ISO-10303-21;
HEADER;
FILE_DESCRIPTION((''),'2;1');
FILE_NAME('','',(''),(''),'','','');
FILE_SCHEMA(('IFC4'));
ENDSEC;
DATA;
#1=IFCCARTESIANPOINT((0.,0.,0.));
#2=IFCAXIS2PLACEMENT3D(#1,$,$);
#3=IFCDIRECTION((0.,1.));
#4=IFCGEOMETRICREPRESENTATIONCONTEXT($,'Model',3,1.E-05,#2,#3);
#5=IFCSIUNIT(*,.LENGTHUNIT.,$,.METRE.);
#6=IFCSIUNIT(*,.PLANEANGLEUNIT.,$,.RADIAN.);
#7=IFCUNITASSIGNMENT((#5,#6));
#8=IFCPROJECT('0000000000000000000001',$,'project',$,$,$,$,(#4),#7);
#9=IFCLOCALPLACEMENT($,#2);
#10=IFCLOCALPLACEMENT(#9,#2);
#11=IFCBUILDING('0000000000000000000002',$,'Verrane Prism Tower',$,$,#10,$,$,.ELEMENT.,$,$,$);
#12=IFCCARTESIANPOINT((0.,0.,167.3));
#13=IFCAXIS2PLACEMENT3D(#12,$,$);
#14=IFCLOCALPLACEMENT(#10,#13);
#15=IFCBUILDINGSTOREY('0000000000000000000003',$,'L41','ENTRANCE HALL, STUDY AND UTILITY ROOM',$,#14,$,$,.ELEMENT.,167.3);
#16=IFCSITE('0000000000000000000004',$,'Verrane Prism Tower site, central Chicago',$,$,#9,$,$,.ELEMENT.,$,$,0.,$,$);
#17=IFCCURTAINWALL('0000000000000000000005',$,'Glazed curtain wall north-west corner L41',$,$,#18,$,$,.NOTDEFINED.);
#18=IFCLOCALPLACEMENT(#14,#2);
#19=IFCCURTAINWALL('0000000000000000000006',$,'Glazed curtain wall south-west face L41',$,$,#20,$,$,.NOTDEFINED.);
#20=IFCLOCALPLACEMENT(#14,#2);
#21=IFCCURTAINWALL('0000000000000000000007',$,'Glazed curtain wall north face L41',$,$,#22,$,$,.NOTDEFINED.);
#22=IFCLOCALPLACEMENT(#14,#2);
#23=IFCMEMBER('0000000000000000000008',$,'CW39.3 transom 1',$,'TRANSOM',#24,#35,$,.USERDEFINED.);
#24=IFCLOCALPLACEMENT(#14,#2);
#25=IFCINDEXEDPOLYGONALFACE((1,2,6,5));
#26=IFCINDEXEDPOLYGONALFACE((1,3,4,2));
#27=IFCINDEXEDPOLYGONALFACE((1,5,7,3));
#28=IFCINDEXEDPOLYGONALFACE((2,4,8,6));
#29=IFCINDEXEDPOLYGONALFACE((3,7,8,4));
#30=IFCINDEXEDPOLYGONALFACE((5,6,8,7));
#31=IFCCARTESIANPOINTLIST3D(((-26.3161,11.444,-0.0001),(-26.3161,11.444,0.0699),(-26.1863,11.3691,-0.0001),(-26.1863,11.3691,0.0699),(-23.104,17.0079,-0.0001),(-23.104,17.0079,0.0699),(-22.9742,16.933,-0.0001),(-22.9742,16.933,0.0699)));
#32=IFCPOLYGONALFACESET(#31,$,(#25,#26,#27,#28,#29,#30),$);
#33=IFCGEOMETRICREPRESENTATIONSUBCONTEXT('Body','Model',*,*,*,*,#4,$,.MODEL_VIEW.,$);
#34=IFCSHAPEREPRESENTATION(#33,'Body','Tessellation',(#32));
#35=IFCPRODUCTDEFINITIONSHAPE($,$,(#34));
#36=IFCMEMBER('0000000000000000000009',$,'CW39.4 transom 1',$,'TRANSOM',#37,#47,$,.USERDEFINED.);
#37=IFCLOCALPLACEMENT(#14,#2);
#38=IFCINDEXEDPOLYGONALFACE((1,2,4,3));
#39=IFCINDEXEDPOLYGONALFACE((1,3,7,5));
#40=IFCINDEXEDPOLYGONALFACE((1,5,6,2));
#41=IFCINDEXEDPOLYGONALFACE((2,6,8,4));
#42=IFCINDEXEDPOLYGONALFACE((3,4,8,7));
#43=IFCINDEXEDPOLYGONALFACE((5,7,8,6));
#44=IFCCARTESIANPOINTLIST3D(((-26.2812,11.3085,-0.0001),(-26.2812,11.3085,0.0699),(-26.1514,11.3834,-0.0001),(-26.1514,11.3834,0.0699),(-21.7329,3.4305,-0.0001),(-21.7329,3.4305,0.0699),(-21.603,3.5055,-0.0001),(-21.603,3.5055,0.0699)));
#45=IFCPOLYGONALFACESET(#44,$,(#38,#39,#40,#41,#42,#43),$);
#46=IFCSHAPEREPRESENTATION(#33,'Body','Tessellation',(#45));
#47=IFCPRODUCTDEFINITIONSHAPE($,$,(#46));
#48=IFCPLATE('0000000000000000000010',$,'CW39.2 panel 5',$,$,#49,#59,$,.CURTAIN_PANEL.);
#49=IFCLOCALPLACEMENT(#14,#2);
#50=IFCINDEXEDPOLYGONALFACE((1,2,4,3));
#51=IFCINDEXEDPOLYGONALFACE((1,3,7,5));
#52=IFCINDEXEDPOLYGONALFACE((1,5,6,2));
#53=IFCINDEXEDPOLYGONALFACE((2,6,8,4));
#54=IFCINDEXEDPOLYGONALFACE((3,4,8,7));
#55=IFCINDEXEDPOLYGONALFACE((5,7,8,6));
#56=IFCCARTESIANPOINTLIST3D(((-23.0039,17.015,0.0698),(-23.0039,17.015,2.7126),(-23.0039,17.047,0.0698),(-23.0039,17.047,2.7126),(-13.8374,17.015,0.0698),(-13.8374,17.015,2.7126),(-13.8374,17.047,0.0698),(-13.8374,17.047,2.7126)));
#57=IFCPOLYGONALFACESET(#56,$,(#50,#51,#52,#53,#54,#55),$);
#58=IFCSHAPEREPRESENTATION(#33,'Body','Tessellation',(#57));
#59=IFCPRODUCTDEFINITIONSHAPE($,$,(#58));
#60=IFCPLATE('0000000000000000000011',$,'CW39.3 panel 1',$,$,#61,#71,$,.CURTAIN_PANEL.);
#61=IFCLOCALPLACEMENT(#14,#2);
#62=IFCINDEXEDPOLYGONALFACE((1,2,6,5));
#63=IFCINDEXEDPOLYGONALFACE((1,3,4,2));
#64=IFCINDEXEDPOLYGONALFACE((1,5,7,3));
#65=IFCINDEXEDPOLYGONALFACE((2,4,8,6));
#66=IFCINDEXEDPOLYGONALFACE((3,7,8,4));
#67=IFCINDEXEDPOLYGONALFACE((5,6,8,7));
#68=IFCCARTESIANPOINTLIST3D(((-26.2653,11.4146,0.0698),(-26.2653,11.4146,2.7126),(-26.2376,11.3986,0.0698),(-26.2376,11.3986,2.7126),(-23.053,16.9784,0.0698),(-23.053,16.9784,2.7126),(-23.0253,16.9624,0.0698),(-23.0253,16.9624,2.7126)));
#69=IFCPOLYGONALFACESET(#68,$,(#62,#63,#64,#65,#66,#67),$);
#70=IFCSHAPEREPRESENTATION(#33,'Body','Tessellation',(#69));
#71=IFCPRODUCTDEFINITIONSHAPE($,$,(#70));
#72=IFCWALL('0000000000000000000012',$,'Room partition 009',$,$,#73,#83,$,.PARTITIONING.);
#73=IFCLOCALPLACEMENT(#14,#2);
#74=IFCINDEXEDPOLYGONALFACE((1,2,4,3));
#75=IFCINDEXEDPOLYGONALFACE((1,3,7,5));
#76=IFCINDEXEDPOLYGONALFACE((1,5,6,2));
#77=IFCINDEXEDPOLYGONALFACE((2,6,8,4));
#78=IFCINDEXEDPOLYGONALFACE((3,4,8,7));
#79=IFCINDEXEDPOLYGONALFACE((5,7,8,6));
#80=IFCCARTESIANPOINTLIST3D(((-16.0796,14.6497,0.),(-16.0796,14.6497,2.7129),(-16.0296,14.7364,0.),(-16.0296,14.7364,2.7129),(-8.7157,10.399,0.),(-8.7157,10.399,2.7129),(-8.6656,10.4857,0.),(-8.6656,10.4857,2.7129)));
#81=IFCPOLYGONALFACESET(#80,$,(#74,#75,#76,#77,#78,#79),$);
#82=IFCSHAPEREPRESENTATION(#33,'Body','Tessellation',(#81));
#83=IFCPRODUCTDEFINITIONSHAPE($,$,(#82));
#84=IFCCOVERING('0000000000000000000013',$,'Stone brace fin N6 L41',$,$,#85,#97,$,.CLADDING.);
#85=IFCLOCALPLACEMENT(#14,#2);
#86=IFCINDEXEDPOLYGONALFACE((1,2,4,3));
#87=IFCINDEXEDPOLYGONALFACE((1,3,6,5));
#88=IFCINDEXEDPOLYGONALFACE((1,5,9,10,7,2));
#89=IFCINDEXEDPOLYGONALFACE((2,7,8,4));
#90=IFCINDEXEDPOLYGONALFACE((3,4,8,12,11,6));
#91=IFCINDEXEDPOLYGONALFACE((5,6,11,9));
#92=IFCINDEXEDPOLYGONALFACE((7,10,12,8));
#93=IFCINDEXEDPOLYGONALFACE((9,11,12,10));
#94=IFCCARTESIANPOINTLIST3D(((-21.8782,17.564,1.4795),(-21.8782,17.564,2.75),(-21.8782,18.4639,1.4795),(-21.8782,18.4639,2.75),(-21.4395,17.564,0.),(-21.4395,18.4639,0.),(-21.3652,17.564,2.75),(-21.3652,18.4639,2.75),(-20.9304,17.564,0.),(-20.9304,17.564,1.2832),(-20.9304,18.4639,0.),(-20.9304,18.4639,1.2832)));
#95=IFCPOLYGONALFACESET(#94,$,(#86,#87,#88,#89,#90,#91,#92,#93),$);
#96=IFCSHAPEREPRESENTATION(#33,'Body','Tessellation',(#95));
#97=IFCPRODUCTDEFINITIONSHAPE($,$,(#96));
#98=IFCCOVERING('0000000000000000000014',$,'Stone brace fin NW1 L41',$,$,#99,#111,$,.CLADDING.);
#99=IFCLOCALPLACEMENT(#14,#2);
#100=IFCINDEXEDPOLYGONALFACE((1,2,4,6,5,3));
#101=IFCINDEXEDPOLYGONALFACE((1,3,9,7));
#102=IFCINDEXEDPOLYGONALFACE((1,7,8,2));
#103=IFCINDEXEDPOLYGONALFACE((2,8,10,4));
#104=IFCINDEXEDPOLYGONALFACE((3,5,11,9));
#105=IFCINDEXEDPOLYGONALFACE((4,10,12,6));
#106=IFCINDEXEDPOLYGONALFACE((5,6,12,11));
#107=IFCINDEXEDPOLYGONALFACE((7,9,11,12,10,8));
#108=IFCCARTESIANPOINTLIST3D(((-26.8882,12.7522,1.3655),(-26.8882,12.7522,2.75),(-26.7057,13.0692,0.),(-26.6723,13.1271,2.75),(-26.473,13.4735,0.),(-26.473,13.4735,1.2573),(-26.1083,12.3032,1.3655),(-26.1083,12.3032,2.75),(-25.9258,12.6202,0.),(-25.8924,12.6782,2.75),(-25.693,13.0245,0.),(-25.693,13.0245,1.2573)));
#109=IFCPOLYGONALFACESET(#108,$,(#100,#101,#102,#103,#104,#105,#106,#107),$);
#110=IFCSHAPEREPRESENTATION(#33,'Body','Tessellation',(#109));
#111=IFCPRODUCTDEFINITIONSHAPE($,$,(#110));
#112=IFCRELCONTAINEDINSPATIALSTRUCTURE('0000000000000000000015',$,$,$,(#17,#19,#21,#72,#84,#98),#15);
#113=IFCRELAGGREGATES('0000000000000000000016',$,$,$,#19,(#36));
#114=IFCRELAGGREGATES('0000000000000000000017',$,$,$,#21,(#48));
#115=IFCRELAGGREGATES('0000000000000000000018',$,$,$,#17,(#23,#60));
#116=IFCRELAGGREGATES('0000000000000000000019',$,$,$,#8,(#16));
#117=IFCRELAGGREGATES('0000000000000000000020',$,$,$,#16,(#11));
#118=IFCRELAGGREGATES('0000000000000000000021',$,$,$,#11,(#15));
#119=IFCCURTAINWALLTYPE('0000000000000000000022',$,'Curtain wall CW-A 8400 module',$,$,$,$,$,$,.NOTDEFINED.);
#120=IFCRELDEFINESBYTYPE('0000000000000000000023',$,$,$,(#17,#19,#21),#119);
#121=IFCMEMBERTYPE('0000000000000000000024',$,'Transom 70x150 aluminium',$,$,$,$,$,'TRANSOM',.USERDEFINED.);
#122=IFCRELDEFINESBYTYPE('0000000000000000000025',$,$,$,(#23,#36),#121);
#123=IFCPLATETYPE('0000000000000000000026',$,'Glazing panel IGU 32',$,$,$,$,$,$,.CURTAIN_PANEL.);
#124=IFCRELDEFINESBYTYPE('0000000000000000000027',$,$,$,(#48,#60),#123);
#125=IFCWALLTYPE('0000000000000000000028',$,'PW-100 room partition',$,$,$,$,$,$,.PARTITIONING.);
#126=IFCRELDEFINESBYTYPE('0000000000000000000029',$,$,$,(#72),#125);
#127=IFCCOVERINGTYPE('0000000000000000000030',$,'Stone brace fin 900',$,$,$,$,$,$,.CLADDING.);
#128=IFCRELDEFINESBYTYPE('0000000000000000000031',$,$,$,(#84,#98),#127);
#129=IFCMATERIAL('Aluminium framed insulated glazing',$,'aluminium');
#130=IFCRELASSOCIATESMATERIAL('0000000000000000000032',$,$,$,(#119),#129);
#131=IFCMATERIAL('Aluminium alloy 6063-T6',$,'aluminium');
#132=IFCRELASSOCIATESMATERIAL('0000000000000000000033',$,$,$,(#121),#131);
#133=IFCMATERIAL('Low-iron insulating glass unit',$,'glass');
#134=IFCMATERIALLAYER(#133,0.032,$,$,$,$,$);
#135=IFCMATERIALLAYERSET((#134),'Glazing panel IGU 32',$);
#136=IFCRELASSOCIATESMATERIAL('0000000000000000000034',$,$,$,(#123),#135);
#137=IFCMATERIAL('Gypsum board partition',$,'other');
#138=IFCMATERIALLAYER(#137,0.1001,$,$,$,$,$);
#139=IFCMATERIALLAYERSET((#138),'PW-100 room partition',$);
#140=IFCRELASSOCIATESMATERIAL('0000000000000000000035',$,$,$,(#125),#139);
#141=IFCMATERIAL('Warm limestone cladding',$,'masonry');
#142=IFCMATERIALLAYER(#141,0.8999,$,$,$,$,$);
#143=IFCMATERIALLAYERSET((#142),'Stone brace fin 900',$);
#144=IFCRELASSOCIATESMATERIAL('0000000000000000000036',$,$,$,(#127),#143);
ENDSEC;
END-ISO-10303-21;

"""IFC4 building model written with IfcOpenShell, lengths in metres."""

from ifc_helpers import new_model, si_unit, direction, frame, frame_2d, origin, origin_2d, place, context, subcontext, project, spatial, polyline, rectangle, outline, extrude, material, layer, layer_set, material_profile, profile_set, type_object, element, aggregate, save


model = new_model("IFC4")

# Units and contexts
model_context = context("Model", 3, precision=1e-05, world=origin(), true_north=direction((0.0, 1.0)))
body_context = subcontext(model_context, "Body", "Model", "MODEL_VIEW")
ifc_project = project(units=[si_unit("LENGTHUNIT", "METRE"), si_unit("PLANEANGLEUNIT", "RADIAN")], contexts=[model_context])

# Site, building, storey
site_placement = place(None, origin())
site = spatial("IfcSite", under=ifc_project, at=site_placement, Name="Verrane Prism Tower site, central Chicago", CompositionType="ELEMENT", RefElevation=0.0)
building_placement = place(site_placement, origin())
building = spatial("IfcBuilding", under=site, at=building_placement, Name="Verrane Prism Tower", CompositionType="ELEMENT")
storey_placement = place(building_placement, frame((0.0, 0.0, 167.3)))
storey = spatial("IfcBuildingStorey", under=building, at=storey_placement, Name="L41", Description="ENTRANCE HALL, STUDY AND UTILITY ROOM", CompositionType="ELEMENT", Elevation=167.3)

# Curtain walls
ifc_material_1 = material(Name="Aluminium framed insulated glazing", Category="aluminium")
curtain_wall_type = type_object("IfcCurtainWallType", Name="Curtain wall CW-A 8400 module", PredefinedType="NOTDEFINED", material=ifc_material_1)
curtain_wall_1_placement = place(storey_placement, origin())
curtain_wall_1 = element("IfcCurtainWall", 1, at=curtain_wall_1_placement, inside=storey, type_object=curtain_wall_type, Name="Glazed curtain wall north-west corner L41", PredefinedType="NOTDEFINED")
curtain_wall_2_placement = place(storey_placement, origin())
curtain_wall_2 = element("IfcCurtainWall", 2, at=curtain_wall_2_placement, inside=storey, type_object=curtain_wall_type, Name="Glazed curtain wall south-west face L41", PredefinedType="NOTDEFINED")

# Curtain wall
curtain_wall_3_placement = place(storey_placement, origin())
curtain_wall_3 = element("IfcCurtainWall", 3, at=curtain_wall_3_placement, inside=storey, type_object=curtain_wall_type, Name="Glazed curtain wall north face L41", PredefinedType="NOTDEFINED")
ifc_material_2 = material(Name="Aluminium alloy 6063-T6", Category="aluminium")
ifc_material_profile_1 = material_profile(ifc_material_2, rectangle(XDim=0.1499, YDim=0.0701, at=origin_2d()), Name="Transom 70x150 aluminium")
ifc_profile_set_1 = profile_set([ifc_material_profile_1], Name="Aluminium alloy 6063-T6")
member_type_1 = type_object("IfcMemberType", Name="Transom 70x150 aluminium", ElementType="TRANSOM", PredefinedType="USERDEFINED", material=ifc_profile_set_1)

# Members
member_1_placement = place(storey_placement, frame((-23.0391, 16.9705, 0.0349), z_axis=(-0.499977, -0.866039, 0.0), x_axis=(0.866039, -0.499977, 0.0)))
member_1 = element("IfcMember", 4, at=member_1_placement, type_object=member_type_1, Name="CW39.3 transom 1", ObjectType="TRANSOM", PredefinedType="USERDEFINED", context=body_context, shape_type="SweptSolid", body=[
    extrude(rectangle(XDim=0.1499, YDim=0.0701, at=origin_2d()), origin(), (0.0, 0.0, 1.0), 6.4246),
])
member_2_placement = place(storey_placement, frame((-26.2163, 11.3459, 0.0349), z_axis=(0.500001, -0.866025, 0.0), x_axis=(0.866025, 0.500001, 0.0)))
member_2 = element("IfcMember", 5, at=member_2_placement, type_object=member_type_1, Name="CW39.4 transom 1", ObjectType="TRANSOM", PredefinedType="USERDEFINED", context=body_context, shape_type="SweptSolid", body=[
    extrude(rectangle(XDim=0.1499, YDim=0.0701, at=origin_2d()), origin(), (0.0, 0.0, 1.0), 9.0967),
])
aggregate(curtain_wall_2, [member_2])

# Plates
ifc_material_3 = material(Name="Low-iron insulating glass unit", Category="glass")
ifc_layer_1 = layer(ifc_material_3, 0.032)
ifc_layer_set_1 = layer_set([ifc_layer_1], Name="Glazing panel IGU 32")
plate_type = type_object("IfcPlateType", Name="Glazing panel IGU 32", PredefinedType="CURTAIN_PANEL", material=ifc_layer_set_1)
plate_1_placement = place(storey_placement, frame((-18.4207, 17.031, 0.0698), z_axis=(0.0, 0.0, 1.0), x_axis=(-1.0, 0.0, 0.0)))
plate_1 = element("IfcPlate", 6, at=plate_1_placement, type_object=plate_type, Name="CW39.2 panel 5", PredefinedType="CURTAIN_PANEL", context=body_context, shape_type="SweptSolid", body=[
    extrude(rectangle(XDim=9.1665, YDim=0.032, at=origin_2d()), origin(), (0.0, 0.0, 1.0), 2.6428),
])
aggregate(curtain_wall_3, [plate_1])
plate_2_placement = place(storey_placement, frame((-24.6453, 14.1885, 0.0698), z_axis=(0.0, 0.0, 1.0), x_axis=(-0.500006, -0.866022, 0.0)))
plate_2 = element("IfcPlate", 7, at=plate_2_placement, type_object=plate_type, Name="CW39.3 panel 1", PredefinedType="CURTAIN_PANEL", context=body_context, shape_type="SweptSolid", body=[
    extrude(rectangle(XDim=6.4246, YDim=0.032, at=origin_2d()), origin(), (0.0, 0.0, 1.0), 2.6428),
])
aggregate(curtain_wall_1, [member_1, plate_2])

# Wall
ifc_material_4 = material(Name="Gypsum board partition", Category="other")
ifc_layer_2 = layer(ifc_material_4, 0.1001)
ifc_layer_set_2 = layer_set([ifc_layer_2], Name="PW-100 room partition")
wall_type = type_object("IfcWallType", Name="PW-100 room partition", PredefinedType="PARTITIONING", material=ifc_layer_set_2)
wall_placement = place(storey_placement, frame((-16.0547, 14.6931, 0.0), z_axis=(0.0, 0.0, 1.0), x_axis=(0.86607, -0.499922, 0.0)))
element("IfcWall", 8, at=wall_placement, inside=storey, type_object=wall_type, Name="Room partition 009", PredefinedType="PARTITIONING", context=body_context, shape_type="SweptSolid", body=[
    extrude(rectangle(XDim=8.5027, YDim=0.1001, at=frame_2d((4.2515, 0.0))), origin(), (0.0, 0.0, 1.0), 2.7129),
])

# Coverings
ifc_material_5 = material(Name="Warm limestone cladding", Category="masonry")
ifc_layer_3 = layer(ifc_material_5, 0.8999)
ifc_layer_set_3 = layer_set([ifc_layer_3], Name="Stone brace fin 900")
covering_type = type_object("IfcCoveringType", Name="Stone brace fin 900", PredefinedType="CLADDING", material=ifc_layer_set_3)
covering_1_placement = place(storey_placement, frame((-20.9304, 18.0139, 0.0), z_axis=(0.0, 0.0, 1.0), x_axis=(-1.0, 0.0, 0.0)))
element("IfcCovering", 9, at=covering_1_placement, inside=storey, type_object=covering_type, Name="Stone brace fin N6 L41", PredefinedType="CLADDING", context=body_context, shape_type="SweptSolid", body=[
    extrude(outline(polyline([(0.9478, 2.75), (0.4348, 2.75), (0.0, 1.2832), (0.0, 0.0), (0.509, 0.0), (0.9478, 1.4795), (0.9478, 2.75)])), frame((0.0, 0.45, 0.0), z_axis=(0.0, -1.0, 0.0), x_axis=(1.0, 0.0, 0.0)), (0.0, 0.0, 1.0), 0.8999),
])
covering_2_placement = place(storey_placement, frame((-26.083, 13.249, 0.0), z_axis=(0.0, 0.0, 1.0), x_axis=(-0.498884, -0.866669, 0.0)))
element("IfcCovering", 10, at=covering_2_placement, inside=storey, type_object=covering_type, Name="Stone brace fin NW1 L41", PredefinedType="CLADDING", context=body_context, shape_type="SweptSolid", body=[
    extrude(outline(polyline([(0.8323, 2.75), (0.3997, 2.75), (0.0, 1.2573), (0.0, 0.0), (0.4666, 0.0), (0.8323, 1.3655), (0.8323, 2.75)])), frame((0.0, 0.45, 0.0), z_axis=(0.0, -1.0, 0.0), x_axis=(1.0, 0.0, 0.0)), (0.0, 0.0, 1.0), 0.8999),
])

save(model, "model.ifc")
